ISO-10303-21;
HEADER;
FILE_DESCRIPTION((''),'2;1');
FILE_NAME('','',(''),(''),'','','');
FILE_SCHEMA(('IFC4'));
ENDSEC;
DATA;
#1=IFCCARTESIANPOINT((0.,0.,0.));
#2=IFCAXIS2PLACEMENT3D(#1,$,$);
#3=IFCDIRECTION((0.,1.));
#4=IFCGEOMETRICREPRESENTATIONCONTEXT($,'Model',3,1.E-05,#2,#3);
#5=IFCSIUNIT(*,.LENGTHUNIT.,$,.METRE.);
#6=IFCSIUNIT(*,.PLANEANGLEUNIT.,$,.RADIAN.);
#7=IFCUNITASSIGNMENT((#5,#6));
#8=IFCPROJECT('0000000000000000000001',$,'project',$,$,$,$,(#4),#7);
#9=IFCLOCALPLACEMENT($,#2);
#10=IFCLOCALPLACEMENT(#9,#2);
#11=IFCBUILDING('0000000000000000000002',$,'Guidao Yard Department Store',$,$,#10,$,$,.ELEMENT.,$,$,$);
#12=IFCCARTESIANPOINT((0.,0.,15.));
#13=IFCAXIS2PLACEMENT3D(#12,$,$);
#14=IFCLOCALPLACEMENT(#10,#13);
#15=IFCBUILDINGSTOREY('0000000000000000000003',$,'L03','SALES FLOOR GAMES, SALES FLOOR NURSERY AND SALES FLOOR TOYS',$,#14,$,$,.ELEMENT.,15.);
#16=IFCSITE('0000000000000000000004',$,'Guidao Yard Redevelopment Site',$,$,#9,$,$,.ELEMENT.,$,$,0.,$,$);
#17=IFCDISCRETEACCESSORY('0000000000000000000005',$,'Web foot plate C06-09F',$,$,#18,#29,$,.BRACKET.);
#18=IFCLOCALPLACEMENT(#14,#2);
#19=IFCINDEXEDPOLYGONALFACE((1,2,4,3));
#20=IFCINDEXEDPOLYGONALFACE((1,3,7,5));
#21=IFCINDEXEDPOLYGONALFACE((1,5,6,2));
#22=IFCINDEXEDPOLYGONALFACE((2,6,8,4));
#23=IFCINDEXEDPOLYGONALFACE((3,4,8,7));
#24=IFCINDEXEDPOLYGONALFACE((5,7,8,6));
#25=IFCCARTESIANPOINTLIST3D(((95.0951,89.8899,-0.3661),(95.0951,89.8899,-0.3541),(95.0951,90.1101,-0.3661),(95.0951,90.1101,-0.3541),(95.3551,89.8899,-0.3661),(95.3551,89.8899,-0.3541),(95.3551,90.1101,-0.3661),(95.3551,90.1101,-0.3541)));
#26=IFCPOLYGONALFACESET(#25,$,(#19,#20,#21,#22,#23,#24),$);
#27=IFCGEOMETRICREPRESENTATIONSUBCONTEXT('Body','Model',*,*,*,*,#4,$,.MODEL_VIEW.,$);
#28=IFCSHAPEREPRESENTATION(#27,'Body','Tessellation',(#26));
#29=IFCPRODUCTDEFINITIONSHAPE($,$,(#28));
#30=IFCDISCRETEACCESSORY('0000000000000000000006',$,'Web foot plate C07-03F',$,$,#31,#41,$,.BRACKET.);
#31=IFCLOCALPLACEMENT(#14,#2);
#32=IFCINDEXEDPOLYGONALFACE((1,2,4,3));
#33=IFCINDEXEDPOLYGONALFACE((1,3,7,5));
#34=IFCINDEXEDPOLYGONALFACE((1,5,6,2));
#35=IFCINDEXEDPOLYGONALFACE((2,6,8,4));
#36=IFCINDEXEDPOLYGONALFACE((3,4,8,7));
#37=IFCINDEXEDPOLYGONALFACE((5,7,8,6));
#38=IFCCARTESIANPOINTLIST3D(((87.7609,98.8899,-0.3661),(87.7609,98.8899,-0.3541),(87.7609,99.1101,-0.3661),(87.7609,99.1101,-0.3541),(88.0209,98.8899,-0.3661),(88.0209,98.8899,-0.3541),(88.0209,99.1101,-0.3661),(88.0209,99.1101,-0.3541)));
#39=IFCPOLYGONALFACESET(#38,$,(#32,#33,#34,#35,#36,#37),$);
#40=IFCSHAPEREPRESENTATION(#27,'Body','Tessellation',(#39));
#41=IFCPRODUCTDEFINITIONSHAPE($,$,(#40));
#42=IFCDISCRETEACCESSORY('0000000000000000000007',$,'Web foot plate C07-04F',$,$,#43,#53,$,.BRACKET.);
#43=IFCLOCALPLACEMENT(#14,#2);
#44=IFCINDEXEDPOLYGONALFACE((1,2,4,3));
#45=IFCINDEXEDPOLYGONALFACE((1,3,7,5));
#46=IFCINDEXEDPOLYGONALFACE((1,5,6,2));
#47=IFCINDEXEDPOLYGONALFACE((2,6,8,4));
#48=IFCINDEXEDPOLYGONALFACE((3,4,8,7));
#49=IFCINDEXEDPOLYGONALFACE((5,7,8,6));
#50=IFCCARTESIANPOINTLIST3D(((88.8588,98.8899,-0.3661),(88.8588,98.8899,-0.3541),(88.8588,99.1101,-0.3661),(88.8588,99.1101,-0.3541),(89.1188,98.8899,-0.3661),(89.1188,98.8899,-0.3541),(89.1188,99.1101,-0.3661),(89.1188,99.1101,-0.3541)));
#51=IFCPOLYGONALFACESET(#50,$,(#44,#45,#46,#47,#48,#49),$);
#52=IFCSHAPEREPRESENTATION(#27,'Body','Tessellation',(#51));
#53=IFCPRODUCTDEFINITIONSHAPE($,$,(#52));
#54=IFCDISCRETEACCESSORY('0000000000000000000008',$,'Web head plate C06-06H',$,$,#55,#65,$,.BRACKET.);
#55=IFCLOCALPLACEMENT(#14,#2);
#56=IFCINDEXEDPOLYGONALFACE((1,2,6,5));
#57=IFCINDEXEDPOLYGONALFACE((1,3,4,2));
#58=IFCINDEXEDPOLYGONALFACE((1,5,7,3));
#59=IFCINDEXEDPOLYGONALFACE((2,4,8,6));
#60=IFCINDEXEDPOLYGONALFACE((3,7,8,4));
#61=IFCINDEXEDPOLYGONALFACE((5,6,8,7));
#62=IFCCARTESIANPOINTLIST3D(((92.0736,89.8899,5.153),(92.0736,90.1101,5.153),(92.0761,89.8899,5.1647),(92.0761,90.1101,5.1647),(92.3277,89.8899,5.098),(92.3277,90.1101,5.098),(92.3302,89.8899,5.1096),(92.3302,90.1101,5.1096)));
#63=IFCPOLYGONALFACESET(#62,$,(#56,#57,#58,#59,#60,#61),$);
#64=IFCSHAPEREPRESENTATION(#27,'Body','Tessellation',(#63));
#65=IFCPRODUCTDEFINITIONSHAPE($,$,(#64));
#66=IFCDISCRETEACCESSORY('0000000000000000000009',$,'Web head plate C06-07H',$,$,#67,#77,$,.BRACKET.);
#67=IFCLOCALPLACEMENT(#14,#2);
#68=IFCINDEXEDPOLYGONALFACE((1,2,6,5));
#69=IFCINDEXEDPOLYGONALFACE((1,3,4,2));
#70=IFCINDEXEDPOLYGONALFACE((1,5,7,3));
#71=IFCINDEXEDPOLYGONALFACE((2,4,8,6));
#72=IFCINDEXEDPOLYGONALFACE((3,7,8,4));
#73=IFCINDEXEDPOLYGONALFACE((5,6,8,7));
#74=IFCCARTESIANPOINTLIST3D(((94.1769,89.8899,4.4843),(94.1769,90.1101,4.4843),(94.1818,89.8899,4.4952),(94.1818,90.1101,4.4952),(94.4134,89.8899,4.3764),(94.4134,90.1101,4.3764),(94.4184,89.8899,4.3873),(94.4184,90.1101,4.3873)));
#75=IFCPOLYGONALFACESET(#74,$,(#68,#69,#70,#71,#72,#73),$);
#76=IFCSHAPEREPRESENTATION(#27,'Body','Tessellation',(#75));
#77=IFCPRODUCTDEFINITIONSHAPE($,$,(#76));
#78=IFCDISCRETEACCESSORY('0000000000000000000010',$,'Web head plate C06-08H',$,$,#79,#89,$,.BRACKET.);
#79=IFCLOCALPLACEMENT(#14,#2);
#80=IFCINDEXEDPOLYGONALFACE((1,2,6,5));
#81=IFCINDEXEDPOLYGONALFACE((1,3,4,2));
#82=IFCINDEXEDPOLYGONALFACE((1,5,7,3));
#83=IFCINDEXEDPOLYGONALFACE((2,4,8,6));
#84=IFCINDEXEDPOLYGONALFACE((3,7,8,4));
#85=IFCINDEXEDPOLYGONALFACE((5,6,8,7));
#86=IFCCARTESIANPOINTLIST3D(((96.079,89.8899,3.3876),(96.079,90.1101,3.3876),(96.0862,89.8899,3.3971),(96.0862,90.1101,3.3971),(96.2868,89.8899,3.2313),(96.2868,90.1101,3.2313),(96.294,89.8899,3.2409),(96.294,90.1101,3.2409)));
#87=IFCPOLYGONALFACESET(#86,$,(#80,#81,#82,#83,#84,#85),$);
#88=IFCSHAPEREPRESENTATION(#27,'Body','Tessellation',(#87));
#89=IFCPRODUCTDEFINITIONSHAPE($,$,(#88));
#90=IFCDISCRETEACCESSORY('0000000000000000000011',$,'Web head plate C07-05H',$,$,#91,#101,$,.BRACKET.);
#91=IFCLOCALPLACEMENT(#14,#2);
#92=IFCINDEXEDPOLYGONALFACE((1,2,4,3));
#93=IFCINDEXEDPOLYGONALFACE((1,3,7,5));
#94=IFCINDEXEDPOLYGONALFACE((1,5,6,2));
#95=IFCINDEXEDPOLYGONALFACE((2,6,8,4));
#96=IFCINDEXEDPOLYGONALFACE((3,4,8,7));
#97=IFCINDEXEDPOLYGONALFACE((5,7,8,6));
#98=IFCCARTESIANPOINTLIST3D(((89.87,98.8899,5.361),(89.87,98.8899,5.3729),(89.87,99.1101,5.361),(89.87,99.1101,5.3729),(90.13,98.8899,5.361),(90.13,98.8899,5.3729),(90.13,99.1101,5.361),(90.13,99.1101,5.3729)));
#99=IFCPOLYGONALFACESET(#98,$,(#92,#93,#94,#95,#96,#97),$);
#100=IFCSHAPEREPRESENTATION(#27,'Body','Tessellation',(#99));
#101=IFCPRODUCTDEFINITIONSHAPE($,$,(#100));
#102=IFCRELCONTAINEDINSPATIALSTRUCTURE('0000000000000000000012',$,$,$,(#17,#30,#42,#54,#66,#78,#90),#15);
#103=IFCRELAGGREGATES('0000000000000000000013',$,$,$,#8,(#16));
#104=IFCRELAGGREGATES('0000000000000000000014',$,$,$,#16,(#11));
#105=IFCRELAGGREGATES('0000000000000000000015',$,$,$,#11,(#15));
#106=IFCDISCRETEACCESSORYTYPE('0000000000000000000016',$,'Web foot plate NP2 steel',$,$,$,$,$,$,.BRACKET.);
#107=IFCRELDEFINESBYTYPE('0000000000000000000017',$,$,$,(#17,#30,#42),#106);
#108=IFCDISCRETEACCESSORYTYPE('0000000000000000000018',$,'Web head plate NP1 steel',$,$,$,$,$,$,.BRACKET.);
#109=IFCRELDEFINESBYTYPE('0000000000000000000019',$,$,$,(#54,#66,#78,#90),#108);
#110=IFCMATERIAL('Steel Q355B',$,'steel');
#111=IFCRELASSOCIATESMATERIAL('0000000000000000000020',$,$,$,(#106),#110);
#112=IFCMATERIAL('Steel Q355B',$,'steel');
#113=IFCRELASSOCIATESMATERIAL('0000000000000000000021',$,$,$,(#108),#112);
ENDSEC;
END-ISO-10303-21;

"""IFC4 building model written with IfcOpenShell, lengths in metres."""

from ifc_helpers import new_model, si_unit, direction, frame, origin, origin_2d, place, context, subcontext, project, spatial, rectangle, extrude, material, material_profile, profile_set, type_object, element, save


model = new_model("IFC4")

# Units and contexts
model_context = context("Model", 3, precision=1e-05, world=origin(), true_north=direction((0.0, 1.0)))
body_context = subcontext(model_context, "Body", "Model", "MODEL_VIEW")
ifc_project = project(units=[si_unit("LENGTHUNIT", "METRE"), si_unit("PLANEANGLEUNIT", "RADIAN")], contexts=[model_context])

# Site, building, storey
site_placement = place(None, origin())
site = spatial("IfcSite", under=ifc_project, at=site_placement, Name="Guidao Yard Redevelopment Site", CompositionType="ELEMENT", RefElevation=0.0)
building_placement = place(site_placement, origin())
building = spatial("IfcBuilding", under=site, at=building_placement, Name="Guidao Yard Department Store", CompositionType="ELEMENT")
storey_placement = place(building_placement, frame((0.0, 0.0, 15.0)))
storey = spatial("IfcBuildingStorey", under=building, at=storey_placement, Name="L03", Description="SALES FLOOR GAMES, SALES FLOOR NURSERY AND SALES FLOOR TOYS", CompositionType="ELEMENT", Elevation=15.0)

# Discrete accessories
ifc_material_1 = material(Name="Steel Q355B", Category="steel")
ifc_material_profile_1 = material_profile(ifc_material_1, rectangle(XDim=0.26, YDim=0.012, at=origin_2d()), Name="Node plate 260x12")
ifc_profile_set_1 = profile_set([ifc_material_profile_1], Name="Steel Q355B")
discrete_accessory_type_1 = type_object("IfcDiscreteAccessoryType", Name="Web foot plate NP2 steel", PredefinedType="BRACKET", material=ifc_profile_set_1)
for number, where, z_axis, x_axis, name in (
    (1, (95.2251, 89.8899, -0.3601), (0.0, 1.0, 0.0), (-1.0, 0.0, 0.0), "Web foot plate C06-09F"),
    (2, (87.8909, 98.8899, -0.3601), (0.0, 1.0, 0.0), (-1.0, 0.0, 0.0), "Web foot plate C07-03F"),
    (3, (88.9888, 98.8899, -0.3601), (0.0, 1.0, 0.0), (-1.0, 0.0, 0.0), "Web foot plate C07-04F"),
):
    element("IfcDiscreteAccessory", number, at=place(storey_placement, frame(where, z_axis=z_axis, x_axis=x_axis)), inside=storey, type_object=discrete_accessory_type_1, Name=name, PredefinedType="BRACKET", context=body_context, shape_type="SweptSolid", body=[
        extrude(rectangle(XDim=0.26, YDim=0.012, at=origin_2d()), origin(), (0.0, 0.0, 1.0), 0.2202),
    ])
ifc_material_2 = material(Name="Steel Q355B", Category="steel")
ifc_material_profile_2 = material_profile(ifc_material_2, rectangle(XDim=0.26, YDim=0.012, at=origin_2d()), Name="Node plate 260x12")
ifc_profile_set_2 = profile_set([ifc_material_profile_2], Name="Steel Q355B")
discrete_accessory_type_2 = type_object("IfcDiscreteAccessoryType", Name="Web head plate NP1 steel", PredefinedType="BRACKET", material=ifc_profile_set_2)
for number, where, z_axis, x_axis, name in (
    (4, (92.2019, 89.8899, 5.1313), (0.0, 1.0, 0.0), (-0.977292, 0.0, 0.211897), "Web head plate C06-06H"),
    (5, (94.2976, 89.8899, 4.4358), (0.0, 1.0, 0.0), (-0.909751, 0.0, 0.415155), "Web head plate C06-07H"),
    (6, (96.1865, 89.8899, 3.3142), (0.0, 1.0, 0.0), (-0.799284, 0.0, 0.600954), "Web head plate C06-08H"),
    (7, (90.0, 98.8899, 5.3669), (0.0, 1.0, 0.0), (-1.0, 0.0, 0.0), "Web head plate C07-05H"),
):
    element("IfcDiscreteAccessory", number, at=place(storey_placement, frame(where, z_axis=z_axis, x_axis=x_axis)), inside=storey, type_object=discrete_accessory_type_2, Name=name, PredefinedType="BRACKET", context=body_context, shape_type="SweptSolid", body=[
        extrude(rectangle(XDim=0.26, YDim=0.012, at=origin_2d()), origin(), (0.0, 0.0, 1.0), 0.2202),
    ])

save(model, "model.ifc")
